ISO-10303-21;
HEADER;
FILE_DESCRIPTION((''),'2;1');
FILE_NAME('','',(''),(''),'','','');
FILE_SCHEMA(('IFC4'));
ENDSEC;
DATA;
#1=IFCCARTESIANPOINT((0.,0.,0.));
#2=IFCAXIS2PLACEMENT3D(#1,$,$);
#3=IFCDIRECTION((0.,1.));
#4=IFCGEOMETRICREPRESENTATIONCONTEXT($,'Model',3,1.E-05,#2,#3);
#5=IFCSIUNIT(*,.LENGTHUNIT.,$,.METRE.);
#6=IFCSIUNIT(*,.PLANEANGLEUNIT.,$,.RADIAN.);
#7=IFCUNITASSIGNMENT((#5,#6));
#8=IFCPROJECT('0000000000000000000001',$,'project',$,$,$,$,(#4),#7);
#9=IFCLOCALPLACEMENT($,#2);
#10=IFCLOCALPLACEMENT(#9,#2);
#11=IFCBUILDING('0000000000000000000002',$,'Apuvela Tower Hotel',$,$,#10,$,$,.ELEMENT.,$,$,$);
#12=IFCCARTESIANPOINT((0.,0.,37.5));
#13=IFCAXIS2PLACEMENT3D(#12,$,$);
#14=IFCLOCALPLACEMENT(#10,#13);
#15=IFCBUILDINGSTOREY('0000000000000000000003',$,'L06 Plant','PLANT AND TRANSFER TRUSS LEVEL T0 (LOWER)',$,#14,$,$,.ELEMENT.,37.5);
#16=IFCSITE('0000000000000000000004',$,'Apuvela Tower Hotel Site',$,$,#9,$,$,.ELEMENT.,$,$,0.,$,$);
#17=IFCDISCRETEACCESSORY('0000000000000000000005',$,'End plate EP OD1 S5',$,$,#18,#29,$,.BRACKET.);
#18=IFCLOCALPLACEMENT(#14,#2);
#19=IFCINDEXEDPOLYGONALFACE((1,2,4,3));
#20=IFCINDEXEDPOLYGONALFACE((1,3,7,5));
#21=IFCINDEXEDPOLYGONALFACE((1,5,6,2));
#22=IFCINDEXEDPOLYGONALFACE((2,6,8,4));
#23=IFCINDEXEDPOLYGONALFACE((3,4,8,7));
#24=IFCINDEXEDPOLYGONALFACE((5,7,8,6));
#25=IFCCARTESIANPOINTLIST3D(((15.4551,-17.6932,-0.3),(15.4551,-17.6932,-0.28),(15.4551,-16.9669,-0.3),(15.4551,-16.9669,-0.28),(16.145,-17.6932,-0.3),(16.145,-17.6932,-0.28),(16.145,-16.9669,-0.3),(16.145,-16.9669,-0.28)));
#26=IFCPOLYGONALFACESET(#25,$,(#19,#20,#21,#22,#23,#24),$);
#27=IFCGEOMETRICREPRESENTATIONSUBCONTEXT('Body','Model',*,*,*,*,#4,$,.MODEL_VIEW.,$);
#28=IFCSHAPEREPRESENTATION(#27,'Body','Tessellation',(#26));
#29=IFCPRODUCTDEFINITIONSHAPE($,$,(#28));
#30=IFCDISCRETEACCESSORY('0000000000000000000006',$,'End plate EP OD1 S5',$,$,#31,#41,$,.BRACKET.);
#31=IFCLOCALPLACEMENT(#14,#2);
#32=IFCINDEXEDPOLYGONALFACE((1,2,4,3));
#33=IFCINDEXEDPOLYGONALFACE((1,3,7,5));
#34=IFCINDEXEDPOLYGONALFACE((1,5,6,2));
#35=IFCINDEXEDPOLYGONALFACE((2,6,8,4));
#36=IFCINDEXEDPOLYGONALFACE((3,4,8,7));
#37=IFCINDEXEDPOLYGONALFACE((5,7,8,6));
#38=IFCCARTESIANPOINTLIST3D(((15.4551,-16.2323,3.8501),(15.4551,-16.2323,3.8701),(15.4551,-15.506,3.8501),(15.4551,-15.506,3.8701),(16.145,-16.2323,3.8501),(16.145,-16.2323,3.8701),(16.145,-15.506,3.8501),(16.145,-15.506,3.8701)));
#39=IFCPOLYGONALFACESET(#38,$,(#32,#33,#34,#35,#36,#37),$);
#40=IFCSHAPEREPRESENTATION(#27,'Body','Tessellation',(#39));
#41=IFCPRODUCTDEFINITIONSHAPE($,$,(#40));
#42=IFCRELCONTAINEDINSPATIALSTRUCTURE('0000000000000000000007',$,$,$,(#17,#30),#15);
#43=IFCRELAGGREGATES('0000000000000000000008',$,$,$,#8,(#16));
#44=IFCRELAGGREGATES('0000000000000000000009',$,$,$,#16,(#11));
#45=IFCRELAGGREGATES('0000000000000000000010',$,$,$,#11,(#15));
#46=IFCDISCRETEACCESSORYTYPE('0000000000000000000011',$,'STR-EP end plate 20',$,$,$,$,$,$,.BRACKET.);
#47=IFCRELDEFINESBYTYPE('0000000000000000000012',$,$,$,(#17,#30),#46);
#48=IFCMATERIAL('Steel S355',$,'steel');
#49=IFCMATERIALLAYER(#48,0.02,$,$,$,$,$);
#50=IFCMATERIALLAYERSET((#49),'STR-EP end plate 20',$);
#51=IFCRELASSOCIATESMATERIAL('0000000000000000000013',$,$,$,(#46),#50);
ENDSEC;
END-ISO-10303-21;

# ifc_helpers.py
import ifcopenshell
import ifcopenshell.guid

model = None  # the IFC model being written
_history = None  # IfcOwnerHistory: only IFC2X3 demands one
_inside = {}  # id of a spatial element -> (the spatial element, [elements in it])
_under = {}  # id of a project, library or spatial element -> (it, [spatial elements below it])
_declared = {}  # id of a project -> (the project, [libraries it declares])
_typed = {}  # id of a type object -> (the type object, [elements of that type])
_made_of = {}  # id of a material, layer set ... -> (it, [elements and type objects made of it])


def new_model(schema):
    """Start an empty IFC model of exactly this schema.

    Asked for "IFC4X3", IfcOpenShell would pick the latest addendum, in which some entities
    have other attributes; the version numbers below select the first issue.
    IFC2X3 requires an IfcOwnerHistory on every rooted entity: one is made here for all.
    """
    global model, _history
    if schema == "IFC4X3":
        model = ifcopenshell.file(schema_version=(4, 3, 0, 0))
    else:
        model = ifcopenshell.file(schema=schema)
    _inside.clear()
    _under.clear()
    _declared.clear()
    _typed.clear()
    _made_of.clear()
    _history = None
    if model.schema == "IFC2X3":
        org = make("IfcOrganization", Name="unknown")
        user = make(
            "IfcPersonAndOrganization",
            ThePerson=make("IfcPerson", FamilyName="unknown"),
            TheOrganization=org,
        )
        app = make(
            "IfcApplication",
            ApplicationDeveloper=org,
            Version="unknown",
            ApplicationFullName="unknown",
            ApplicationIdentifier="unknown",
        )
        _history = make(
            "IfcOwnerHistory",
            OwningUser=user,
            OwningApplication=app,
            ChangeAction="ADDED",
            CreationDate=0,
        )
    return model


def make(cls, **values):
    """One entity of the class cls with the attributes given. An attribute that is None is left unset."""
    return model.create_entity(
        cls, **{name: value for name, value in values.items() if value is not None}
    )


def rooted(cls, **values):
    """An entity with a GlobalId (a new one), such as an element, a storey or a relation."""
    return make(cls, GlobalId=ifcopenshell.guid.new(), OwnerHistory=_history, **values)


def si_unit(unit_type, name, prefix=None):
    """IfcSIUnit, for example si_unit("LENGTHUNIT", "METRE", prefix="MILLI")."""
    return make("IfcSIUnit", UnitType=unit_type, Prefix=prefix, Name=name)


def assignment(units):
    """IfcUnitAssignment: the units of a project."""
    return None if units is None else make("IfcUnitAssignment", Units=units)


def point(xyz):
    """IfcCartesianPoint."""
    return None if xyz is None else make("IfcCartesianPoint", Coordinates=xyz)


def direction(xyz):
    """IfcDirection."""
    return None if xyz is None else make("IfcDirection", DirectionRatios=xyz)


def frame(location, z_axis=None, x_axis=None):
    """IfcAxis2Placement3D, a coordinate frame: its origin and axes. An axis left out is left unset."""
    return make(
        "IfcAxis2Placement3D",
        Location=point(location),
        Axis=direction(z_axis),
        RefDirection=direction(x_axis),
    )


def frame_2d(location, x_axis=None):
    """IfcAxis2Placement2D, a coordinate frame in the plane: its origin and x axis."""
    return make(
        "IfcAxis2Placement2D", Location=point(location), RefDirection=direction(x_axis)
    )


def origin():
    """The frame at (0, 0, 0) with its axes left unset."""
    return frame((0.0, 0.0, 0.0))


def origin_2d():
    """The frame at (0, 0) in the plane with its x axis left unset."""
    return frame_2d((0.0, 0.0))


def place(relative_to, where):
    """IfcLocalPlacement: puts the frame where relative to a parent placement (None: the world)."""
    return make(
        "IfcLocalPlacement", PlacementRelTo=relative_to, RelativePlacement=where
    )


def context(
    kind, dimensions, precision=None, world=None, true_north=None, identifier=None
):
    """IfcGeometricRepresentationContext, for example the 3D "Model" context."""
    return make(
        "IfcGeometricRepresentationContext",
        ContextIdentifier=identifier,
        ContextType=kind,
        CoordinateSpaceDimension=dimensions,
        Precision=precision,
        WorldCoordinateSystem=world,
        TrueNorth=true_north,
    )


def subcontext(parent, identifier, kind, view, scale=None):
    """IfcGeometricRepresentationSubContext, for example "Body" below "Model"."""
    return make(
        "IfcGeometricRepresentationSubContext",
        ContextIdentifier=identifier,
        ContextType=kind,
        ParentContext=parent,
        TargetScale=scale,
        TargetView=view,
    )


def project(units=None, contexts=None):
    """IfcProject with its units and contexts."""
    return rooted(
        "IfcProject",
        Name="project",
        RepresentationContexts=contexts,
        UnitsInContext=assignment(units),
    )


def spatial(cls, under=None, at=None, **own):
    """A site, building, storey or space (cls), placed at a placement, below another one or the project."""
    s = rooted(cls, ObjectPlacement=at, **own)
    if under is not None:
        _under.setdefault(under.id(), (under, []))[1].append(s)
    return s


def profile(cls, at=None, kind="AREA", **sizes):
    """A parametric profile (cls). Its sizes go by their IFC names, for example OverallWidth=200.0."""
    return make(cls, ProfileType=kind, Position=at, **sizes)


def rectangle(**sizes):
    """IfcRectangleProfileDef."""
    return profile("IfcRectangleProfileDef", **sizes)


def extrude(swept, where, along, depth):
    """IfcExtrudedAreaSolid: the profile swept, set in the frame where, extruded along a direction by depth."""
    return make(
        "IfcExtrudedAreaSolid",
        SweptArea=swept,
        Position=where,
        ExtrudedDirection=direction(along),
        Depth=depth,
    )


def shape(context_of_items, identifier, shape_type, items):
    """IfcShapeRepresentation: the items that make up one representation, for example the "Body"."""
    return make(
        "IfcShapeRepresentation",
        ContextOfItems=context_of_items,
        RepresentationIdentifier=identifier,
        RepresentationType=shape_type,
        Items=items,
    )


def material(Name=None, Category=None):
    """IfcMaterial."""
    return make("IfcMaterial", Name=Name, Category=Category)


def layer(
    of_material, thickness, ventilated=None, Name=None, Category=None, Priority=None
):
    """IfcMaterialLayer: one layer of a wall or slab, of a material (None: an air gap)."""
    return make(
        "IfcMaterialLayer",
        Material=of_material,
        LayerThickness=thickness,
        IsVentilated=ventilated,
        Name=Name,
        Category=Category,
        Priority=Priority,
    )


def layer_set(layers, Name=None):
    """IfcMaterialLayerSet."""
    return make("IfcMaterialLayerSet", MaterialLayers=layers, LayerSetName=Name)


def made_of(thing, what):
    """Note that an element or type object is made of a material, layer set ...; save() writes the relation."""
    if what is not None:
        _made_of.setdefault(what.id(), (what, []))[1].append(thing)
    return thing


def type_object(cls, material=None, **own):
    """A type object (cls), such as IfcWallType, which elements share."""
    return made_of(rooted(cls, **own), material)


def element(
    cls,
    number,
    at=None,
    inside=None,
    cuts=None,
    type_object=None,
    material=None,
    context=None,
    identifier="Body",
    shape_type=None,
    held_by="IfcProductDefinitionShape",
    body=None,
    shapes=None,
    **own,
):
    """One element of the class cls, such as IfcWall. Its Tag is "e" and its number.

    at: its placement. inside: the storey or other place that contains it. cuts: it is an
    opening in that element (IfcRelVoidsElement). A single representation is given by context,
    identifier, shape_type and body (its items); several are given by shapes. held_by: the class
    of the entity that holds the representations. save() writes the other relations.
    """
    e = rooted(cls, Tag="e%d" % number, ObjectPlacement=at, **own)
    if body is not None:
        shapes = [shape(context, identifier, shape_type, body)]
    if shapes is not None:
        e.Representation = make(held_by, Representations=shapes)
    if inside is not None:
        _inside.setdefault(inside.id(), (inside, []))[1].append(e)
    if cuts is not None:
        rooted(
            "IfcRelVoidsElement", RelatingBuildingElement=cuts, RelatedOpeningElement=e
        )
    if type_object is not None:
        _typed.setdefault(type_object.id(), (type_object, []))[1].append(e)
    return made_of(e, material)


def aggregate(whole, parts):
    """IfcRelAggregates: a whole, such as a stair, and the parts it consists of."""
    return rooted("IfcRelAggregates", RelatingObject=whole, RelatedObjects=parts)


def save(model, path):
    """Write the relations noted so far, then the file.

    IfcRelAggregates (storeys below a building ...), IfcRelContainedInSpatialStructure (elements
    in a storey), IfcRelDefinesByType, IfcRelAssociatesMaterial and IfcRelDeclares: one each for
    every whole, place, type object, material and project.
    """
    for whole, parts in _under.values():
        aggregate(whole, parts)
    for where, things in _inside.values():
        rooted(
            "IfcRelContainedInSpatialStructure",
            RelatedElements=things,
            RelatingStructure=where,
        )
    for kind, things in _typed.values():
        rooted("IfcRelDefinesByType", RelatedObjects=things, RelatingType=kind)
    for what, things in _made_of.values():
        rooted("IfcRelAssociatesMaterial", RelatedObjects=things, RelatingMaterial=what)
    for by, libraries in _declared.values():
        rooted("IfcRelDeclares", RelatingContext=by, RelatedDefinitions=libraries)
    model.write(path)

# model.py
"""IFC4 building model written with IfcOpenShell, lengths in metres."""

from ifc_helpers import new_model, si_unit, direction, frame, origin, origin_2d, place, context, subcontext, project, spatial, rectangle, extrude, material, layer, layer_set, type_object, element, save


model = new_model("IFC4")

# Units and contexts
model_context = context("Model", 3, precision=1e-05, world=origin(), true_north=direction((0.0, 1.0)))
body_context = subcontext(model_context, "Body", "Model", "MODEL_VIEW")
ifc_project = project(units=[si_unit("LENGTHUNIT", "METRE"), si_unit("PLANEANGLEUNIT", "RADIAN")], contexts=[model_context])

# Site, building, storey
site_placement = place(None, origin())
site = spatial("IfcSite", under=ifc_project, at=site_placement, Name="Apuvela Tower Hotel Site", CompositionType="ELEMENT", RefElevation=0.0)
building_placement = place(site_placement, origin())
building = spatial("IfcBuilding", under=site, at=building_placement, Name="Apuvela Tower Hotel", CompositionType="ELEMENT")
storey_placement = place(building_placement, frame((0.0, 0.0, 37.5)))
storey = spatial("IfcBuildingStorey", under=building, at=storey_placement, Name="L06 Plant", Description="PLANT AND TRANSFER TRUSS LEVEL T0 (LOWER)", CompositionType="ELEMENT", Elevation=37.5)

# Shared definitions
ifc_material_1 = material(Name="Steel S355", Category="steel")

# Discrete accessories
ifc_layer_1 = layer(ifc_material_1, 0.02)
ifc_layer_set_1 = layer_set([ifc_layer_1], Name="STR-EP end plate 20")
discrete_accessory_type = type_object("IfcDiscreteAccessoryType", Name="STR-EP end plate 20", PredefinedType="BRACKET", material=ifc_layer_set_1)
for number, where, z_axis, x_axis, name in (
    (1, (15.8, -17.3301, -0.3), (0.0, 0.0, 1.0), (0.0, 1.0, 0.0), "End plate EP OD1 S5"),
    (2, (15.8, -15.8691, 3.8501), (0.0, 0.0, 1.0), (0.0, 1.0, 0.0), "End plate EP OD1 S5"),
):
    element("IfcDiscreteAccessory", number, at=place(storey_placement, frame(where, z_axis=z_axis, x_axis=x_axis)), inside=storey, type_object=discrete_accessory_type, Name=name, PredefinedType="BRACKET", context=body_context, shape_type="SweptSolid", body=[
        extrude(rectangle(XDim=0.7263, YDim=0.6899, at=origin_2d()), origin(), (0.0, 0.0, 1.0), 0.02),
    ])

save(model, "model.ifc")
